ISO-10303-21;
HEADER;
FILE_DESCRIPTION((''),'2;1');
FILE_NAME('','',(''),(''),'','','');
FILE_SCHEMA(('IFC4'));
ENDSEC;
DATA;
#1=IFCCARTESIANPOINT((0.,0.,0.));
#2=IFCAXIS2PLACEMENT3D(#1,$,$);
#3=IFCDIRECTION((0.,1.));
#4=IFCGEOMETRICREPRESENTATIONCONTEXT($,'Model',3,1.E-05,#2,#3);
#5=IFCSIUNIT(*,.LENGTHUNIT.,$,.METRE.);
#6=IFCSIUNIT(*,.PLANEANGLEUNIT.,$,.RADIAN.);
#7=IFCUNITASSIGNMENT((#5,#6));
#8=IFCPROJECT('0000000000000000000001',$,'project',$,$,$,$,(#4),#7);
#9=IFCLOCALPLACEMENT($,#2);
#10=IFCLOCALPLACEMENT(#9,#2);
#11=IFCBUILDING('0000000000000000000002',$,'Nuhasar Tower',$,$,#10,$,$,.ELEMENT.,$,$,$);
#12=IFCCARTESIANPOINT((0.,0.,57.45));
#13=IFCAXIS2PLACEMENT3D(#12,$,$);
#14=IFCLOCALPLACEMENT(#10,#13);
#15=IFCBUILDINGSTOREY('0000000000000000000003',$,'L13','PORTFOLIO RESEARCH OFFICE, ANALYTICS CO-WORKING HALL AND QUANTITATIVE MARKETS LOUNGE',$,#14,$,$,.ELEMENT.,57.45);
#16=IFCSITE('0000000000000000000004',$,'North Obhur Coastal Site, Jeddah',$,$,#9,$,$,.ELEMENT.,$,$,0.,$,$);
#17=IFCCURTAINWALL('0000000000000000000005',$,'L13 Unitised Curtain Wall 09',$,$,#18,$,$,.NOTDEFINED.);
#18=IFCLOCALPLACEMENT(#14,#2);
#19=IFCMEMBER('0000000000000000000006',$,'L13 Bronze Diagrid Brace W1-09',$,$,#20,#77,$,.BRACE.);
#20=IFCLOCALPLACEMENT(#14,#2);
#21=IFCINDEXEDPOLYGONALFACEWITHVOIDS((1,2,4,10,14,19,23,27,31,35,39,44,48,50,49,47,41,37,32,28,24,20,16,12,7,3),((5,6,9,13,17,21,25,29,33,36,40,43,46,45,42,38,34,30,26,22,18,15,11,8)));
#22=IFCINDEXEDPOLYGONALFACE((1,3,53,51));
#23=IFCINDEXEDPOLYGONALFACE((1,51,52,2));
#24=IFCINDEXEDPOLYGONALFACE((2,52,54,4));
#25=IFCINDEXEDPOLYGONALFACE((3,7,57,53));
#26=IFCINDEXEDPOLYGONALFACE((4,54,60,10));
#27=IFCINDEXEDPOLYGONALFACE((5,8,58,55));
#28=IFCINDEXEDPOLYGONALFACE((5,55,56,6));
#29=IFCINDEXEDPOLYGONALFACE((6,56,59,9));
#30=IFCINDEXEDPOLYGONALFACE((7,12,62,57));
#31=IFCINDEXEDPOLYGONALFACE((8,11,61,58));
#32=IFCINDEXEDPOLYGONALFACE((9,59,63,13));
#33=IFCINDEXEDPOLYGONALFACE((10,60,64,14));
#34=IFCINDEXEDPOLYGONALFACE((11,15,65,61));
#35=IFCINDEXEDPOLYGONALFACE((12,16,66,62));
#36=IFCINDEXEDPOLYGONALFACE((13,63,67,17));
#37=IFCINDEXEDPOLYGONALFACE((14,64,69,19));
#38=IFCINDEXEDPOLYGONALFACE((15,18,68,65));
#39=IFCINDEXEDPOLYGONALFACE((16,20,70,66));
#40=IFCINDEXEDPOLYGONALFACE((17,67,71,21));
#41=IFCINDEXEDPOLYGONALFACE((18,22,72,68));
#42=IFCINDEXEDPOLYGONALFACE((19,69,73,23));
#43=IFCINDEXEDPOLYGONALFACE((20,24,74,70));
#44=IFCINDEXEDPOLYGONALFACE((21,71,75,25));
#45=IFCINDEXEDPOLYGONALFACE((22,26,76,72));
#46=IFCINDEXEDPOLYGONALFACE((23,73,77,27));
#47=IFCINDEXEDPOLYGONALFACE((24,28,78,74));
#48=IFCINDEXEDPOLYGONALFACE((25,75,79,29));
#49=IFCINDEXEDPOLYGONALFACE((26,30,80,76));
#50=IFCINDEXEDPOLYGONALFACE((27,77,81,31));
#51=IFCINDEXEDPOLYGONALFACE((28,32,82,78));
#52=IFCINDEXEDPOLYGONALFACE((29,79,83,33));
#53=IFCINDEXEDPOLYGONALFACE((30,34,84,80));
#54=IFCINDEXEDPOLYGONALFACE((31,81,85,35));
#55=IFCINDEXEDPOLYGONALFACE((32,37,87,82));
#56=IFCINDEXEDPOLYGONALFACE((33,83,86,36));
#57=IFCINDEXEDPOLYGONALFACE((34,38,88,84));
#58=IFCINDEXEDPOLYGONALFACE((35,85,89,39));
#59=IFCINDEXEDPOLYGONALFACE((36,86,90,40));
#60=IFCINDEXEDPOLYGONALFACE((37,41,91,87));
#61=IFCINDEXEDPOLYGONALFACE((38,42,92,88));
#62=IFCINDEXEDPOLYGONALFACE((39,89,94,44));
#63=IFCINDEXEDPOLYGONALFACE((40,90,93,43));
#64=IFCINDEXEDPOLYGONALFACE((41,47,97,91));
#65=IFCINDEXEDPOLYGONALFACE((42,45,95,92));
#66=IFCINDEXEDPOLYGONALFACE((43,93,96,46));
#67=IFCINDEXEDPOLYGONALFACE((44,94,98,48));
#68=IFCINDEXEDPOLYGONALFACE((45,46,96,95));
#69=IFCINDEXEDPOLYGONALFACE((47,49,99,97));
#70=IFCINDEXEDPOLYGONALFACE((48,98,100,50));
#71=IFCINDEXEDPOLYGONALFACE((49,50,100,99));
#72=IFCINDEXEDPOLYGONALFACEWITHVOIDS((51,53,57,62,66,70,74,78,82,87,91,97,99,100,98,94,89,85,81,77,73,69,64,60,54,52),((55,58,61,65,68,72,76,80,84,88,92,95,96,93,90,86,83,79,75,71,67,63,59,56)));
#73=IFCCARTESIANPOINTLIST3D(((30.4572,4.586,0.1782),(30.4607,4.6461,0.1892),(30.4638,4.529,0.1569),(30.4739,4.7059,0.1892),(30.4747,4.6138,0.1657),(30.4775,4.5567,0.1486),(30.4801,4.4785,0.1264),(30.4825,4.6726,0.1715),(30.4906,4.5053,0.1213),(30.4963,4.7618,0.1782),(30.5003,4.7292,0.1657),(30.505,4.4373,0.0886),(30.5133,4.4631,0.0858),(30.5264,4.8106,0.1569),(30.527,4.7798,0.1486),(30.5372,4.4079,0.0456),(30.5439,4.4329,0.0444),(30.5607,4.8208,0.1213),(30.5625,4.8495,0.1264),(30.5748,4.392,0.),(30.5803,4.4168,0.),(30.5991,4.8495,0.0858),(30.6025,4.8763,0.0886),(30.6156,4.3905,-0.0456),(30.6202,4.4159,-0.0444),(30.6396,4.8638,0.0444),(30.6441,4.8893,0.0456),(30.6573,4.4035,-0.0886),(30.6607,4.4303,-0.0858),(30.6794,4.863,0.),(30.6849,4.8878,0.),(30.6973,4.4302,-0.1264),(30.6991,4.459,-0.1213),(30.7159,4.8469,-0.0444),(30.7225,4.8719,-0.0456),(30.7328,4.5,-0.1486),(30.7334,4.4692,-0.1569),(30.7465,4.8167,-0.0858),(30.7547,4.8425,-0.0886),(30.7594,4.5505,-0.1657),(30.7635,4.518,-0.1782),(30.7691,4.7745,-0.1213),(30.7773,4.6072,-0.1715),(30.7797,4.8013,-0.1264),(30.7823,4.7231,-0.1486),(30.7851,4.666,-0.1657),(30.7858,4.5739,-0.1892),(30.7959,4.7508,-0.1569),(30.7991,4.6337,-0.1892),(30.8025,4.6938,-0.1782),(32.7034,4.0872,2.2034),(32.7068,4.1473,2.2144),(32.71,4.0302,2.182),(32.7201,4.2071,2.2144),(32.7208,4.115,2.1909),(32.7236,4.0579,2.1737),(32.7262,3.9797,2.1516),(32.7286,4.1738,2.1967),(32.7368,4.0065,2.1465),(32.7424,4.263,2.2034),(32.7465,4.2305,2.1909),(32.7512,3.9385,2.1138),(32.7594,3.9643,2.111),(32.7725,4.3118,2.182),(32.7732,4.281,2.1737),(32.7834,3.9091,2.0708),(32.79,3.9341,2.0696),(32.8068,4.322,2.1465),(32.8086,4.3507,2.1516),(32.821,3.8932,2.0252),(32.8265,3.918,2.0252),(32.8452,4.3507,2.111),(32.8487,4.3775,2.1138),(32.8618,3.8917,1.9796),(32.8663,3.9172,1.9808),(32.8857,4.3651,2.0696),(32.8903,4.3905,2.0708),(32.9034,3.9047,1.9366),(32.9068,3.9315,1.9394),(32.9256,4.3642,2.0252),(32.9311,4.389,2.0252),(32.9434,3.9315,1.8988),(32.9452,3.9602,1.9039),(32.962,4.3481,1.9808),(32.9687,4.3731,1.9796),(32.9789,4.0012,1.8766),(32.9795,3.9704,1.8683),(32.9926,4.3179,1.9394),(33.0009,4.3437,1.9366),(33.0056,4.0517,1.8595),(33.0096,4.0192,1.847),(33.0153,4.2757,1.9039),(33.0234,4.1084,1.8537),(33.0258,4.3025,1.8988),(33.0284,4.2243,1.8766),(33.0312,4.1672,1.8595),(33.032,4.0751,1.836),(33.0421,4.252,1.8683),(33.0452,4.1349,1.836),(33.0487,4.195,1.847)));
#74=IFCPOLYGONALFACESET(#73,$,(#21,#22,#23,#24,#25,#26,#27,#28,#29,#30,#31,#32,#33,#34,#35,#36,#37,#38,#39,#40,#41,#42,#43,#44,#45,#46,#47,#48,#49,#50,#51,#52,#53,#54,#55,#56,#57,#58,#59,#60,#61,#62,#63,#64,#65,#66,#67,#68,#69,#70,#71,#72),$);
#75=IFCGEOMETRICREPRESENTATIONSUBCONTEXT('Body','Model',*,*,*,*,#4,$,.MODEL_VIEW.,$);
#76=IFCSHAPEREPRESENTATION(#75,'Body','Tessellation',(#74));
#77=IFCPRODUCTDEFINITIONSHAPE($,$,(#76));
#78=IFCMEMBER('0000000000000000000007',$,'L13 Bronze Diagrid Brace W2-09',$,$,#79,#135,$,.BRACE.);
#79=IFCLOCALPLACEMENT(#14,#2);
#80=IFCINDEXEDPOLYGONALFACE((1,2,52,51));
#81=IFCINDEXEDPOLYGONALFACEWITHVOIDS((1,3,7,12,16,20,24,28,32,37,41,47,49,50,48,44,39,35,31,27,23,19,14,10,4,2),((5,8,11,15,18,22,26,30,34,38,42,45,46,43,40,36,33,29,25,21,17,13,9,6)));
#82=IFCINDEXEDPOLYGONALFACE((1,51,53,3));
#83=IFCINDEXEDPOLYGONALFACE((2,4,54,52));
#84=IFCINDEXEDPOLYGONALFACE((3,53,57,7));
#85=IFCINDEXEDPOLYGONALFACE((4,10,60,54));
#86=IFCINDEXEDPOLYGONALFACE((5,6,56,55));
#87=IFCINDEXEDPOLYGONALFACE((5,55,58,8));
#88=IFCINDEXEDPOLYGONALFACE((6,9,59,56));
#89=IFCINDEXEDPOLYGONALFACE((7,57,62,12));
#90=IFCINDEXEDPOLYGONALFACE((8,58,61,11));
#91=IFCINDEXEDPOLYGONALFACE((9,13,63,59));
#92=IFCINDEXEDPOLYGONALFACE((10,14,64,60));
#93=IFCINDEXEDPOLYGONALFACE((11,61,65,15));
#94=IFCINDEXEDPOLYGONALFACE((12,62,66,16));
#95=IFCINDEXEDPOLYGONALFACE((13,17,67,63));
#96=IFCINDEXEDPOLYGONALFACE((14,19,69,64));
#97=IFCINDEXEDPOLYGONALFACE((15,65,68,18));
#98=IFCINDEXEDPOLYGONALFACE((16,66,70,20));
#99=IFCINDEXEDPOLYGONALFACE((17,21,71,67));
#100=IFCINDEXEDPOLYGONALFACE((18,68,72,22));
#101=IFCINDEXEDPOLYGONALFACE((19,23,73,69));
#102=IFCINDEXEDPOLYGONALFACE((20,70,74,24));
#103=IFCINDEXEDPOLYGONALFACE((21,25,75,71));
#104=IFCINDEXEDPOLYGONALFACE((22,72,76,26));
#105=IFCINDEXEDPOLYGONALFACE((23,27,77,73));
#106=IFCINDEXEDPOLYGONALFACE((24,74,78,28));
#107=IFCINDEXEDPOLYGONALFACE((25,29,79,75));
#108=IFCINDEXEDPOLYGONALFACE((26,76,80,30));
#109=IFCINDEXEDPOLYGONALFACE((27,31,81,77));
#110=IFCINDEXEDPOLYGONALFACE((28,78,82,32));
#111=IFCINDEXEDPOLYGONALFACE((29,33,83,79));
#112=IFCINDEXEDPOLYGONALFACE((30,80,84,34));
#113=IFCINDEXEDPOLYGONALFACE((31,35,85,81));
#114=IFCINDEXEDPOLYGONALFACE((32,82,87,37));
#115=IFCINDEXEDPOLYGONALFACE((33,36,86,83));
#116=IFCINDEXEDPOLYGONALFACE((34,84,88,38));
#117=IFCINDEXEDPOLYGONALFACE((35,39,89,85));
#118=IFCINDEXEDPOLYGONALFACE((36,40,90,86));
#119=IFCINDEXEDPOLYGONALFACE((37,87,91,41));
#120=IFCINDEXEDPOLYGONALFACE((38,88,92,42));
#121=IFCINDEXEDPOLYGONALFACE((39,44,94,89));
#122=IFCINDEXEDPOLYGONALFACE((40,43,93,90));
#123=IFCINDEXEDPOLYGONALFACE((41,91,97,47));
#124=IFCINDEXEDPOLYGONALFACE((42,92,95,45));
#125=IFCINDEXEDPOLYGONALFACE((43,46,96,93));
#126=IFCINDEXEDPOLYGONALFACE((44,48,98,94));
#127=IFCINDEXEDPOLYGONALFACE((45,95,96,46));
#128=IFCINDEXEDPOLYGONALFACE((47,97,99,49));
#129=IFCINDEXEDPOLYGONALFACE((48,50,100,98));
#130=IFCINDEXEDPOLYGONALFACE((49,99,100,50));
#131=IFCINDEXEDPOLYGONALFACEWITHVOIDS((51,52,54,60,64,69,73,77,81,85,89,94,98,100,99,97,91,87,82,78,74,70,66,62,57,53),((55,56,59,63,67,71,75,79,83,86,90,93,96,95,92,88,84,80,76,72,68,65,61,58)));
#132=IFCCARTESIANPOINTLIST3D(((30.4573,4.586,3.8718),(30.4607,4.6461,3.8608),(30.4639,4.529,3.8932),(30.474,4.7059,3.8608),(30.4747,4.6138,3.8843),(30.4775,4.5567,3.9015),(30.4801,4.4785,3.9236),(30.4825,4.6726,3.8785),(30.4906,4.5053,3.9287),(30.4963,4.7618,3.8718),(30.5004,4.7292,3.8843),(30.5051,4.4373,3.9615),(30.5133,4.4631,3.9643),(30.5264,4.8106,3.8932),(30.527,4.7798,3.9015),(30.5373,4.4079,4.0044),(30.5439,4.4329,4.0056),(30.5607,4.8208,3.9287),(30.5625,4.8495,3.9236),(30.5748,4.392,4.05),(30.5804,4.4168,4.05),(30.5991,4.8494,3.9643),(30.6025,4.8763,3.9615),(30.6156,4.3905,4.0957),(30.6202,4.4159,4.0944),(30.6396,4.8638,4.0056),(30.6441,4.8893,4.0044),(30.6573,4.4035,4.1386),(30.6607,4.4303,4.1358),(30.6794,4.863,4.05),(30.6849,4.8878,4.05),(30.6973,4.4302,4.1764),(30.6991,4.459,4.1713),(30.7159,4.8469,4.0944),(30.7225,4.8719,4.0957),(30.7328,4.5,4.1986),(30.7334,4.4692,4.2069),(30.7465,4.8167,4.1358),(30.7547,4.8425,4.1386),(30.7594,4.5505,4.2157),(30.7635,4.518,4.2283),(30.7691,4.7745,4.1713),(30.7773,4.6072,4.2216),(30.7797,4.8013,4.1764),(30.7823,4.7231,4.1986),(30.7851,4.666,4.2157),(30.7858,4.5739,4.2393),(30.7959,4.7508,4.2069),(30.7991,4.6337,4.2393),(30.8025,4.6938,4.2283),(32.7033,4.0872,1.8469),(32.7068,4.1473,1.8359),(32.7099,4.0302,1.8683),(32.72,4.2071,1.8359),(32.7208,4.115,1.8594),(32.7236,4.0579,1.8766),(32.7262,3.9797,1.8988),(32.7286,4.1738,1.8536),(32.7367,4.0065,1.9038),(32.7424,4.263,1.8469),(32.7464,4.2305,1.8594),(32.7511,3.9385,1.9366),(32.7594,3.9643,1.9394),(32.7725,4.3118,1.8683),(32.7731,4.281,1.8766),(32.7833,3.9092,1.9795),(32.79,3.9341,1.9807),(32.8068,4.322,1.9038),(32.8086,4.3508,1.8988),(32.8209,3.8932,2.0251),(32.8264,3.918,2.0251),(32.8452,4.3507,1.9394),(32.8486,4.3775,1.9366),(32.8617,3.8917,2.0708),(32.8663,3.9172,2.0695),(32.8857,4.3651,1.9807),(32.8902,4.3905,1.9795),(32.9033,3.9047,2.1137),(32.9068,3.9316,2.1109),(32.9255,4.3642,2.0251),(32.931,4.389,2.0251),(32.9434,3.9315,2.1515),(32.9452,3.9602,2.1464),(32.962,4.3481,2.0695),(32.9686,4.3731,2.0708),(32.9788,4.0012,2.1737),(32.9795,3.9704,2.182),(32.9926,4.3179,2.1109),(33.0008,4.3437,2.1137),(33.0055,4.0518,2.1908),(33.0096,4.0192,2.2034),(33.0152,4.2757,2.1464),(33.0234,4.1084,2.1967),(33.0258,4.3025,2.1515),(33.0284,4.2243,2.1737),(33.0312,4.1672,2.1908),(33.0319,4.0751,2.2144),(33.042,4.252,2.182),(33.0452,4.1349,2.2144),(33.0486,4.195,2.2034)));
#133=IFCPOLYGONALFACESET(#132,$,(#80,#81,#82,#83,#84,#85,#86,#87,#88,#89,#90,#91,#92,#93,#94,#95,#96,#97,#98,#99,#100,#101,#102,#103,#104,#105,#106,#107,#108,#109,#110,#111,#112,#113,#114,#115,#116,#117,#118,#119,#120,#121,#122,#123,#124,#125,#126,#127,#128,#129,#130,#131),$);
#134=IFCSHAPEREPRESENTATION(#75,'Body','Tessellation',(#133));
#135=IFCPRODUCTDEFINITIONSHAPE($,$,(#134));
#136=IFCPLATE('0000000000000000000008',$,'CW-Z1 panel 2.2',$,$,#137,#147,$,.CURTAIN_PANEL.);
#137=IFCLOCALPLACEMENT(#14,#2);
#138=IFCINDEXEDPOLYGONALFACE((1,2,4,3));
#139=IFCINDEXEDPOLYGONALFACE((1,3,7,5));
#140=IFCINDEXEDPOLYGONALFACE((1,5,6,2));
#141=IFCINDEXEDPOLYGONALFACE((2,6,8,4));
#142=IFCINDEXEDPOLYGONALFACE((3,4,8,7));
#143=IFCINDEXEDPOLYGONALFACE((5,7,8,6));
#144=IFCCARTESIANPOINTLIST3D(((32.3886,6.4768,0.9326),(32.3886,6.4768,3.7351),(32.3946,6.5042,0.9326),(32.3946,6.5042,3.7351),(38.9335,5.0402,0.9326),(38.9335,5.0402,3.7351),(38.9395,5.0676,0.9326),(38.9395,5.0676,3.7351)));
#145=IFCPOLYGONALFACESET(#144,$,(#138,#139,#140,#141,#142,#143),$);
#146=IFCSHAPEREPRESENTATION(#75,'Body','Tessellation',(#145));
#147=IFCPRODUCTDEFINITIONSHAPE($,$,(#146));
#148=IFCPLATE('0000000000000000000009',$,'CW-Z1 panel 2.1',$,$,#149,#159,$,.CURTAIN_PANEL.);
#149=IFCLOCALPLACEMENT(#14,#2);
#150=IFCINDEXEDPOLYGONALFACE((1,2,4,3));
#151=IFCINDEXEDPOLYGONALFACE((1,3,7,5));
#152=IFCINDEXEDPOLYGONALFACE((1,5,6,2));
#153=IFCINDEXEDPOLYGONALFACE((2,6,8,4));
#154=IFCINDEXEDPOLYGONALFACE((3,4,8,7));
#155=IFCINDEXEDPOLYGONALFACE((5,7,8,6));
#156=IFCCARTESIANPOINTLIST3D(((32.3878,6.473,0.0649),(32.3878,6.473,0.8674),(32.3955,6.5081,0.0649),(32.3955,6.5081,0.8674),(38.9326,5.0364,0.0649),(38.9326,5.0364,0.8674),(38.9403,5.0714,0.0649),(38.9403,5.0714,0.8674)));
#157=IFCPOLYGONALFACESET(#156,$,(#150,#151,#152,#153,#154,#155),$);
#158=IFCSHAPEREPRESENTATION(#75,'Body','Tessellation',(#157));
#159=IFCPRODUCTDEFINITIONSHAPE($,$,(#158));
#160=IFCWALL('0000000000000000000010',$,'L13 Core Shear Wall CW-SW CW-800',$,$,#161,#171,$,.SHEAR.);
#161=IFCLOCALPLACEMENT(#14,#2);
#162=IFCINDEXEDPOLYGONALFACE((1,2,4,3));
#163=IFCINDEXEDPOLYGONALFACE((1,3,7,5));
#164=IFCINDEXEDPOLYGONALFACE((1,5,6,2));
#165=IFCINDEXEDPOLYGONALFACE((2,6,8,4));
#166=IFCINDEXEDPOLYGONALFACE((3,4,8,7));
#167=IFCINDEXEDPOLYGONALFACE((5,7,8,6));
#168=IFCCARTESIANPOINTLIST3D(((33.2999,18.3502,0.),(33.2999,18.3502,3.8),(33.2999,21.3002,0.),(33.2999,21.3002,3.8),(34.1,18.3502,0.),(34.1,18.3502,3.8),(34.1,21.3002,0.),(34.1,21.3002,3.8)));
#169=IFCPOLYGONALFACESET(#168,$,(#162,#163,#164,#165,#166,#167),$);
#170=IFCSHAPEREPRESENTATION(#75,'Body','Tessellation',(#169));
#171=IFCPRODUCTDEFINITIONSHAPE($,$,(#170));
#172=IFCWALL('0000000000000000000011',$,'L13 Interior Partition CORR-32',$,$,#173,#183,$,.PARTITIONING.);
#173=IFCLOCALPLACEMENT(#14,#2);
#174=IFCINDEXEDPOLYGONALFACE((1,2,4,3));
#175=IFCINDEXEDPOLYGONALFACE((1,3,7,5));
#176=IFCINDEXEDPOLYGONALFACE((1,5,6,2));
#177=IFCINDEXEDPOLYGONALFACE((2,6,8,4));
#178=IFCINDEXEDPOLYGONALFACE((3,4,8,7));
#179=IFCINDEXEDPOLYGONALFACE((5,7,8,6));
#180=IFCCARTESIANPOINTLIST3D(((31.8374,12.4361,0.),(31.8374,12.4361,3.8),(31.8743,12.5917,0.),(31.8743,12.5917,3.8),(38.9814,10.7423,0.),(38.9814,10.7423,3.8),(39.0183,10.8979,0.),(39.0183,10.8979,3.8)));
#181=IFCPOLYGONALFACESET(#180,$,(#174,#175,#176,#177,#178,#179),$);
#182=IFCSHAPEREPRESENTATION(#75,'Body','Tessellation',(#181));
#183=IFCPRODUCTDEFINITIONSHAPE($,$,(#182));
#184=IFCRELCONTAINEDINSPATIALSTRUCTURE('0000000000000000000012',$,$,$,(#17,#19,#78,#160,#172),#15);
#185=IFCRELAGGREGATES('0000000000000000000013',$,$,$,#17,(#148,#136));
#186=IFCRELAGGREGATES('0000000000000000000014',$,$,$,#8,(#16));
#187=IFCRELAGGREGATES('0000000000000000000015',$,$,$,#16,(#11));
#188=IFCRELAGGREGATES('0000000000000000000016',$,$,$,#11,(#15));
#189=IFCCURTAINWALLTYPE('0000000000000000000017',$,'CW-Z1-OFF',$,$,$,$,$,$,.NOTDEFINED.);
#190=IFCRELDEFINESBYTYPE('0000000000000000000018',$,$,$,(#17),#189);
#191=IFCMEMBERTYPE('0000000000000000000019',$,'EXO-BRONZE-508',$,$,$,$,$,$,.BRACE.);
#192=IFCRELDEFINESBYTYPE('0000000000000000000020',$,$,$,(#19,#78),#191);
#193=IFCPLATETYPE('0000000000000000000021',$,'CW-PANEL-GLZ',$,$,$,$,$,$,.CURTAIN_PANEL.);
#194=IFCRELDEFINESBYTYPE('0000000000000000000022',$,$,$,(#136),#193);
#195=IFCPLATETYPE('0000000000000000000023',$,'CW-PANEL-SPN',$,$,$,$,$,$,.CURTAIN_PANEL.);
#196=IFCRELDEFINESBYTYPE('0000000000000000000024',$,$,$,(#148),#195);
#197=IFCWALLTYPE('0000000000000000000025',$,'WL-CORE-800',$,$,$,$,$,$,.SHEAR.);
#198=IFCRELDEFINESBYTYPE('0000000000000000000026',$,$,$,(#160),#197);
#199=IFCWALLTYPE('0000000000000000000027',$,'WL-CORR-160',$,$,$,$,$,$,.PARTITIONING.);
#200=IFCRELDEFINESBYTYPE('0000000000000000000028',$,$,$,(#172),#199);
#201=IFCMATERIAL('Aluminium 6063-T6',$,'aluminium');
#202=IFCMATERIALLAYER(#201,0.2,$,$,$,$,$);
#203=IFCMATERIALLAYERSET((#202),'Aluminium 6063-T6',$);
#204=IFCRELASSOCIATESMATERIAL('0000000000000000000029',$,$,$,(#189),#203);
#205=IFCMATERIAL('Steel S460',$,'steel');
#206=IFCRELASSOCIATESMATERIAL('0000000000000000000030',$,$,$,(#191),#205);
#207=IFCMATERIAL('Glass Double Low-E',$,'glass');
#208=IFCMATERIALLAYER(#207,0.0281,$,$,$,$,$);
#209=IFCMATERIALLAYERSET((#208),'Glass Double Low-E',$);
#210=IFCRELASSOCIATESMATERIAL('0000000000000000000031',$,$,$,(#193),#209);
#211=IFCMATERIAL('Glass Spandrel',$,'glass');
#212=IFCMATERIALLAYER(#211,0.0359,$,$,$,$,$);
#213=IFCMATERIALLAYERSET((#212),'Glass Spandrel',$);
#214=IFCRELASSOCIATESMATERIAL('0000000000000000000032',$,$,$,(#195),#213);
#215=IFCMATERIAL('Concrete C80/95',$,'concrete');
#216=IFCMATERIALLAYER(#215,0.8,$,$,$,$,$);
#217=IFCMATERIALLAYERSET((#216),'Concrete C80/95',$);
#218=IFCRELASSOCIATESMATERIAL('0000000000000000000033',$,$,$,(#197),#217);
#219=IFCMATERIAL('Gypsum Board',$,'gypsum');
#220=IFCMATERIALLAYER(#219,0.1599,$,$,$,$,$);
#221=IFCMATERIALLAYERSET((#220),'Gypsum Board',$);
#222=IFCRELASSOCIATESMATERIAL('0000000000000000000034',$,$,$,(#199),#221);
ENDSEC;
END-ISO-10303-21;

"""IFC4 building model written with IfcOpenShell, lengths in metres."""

from ifc_helpers import new_model, si_unit, direction, frame, frame_2d, origin, origin_2d, place, context, subcontext, project, spatial, rectangle, hollow_circle, extrude, material, layer, layer_set, material_profile, profile_set, type_object, element, aggregate, save


model = new_model("IFC4")

# Units and contexts
model_context = context("Model", 3, precision=1e-05, world=origin(), true_north=direction((0.0, 1.0)))
body_context = subcontext(model_context, "Body", "Model", "MODEL_VIEW")
ifc_project = project(units=[si_unit("LENGTHUNIT", "METRE"), si_unit("PLANEANGLEUNIT", "RADIAN")], contexts=[model_context])

# Site, building, storey
site_placement = place(None, origin())
site = spatial("IfcSite", under=ifc_project, at=site_placement, Name="North Obhur Coastal Site, Jeddah", CompositionType="ELEMENT", RefElevation=0.0)
building_placement = place(site_placement, origin())
building = spatial("IfcBuilding", under=site, at=building_placement, Name="Nuhasar Tower", CompositionType="ELEMENT")
storey_placement = place(building_placement, frame((0.0, 0.0, 57.45)))
storey = spatial("IfcBuildingStorey", under=building, at=storey_placement, Name="L13", Description="PORTFOLIO RESEARCH OFFICE, ANALYTICS CO-WORKING HALL AND QUANTITATIVE MARKETS LOUNGE", CompositionType="ELEMENT", Elevation=57.45)

# Shared definitions
ifc_material_1 = material(Name="Concrete C80/95", Category="concrete")

# Curtain wall
ifc_material_2 = material(Name="Aluminium 6063-T6", Category="aluminium")
ifc_layer_1 = layer(ifc_material_2, 0.2)
ifc_layer_set_1 = layer_set([ifc_layer_1], Name="Aluminium 6063-T6")
curtain_wall_type = type_object("IfcCurtainWallType", Name="CW-Z1-OFF", PredefinedType="NOTDEFINED", material=ifc_layer_set_1)
curtain_wall_placement = place(storey_placement, origin())
curtain_wall = element("IfcCurtainWall", 1, at=curtain_wall_placement, inside=storey, type_object=curtain_wall_type, Name="L13 Unitised Curtain Wall 09", PredefinedType="NOTDEFINED")

# Members
ifc_material_3 = material(Name="Steel S460", Category="steel")
ifc_material_profile_1 = material_profile(ifc_material_3, hollow_circle(Radius=0.2539, WallThickness=0.0254, at=origin_2d()), Name="HSS508X25.4")
ifc_profile_set_1 = profile_set([ifc_material_profile_1], Name="Steel S460")
member_type_1 = type_object("IfcMemberType", Name="EXO-BRONZE-508", PredefinedType="BRACE", material=ifc_profile_set_1)
member_1_placement = place(storey_placement, frame((30.6299, 4.6399, 0.0), z_axis=(0.732792, -0.162728, 0.660708), x_axis=(0.216784, 0.97622, 0.0)))
element("IfcMember", 2, at=member_1_placement, inside=storey, type_object=member_type_1, Name="L13 Bronze Diagrid Brace W1-09", PredefinedType="BRACE", context=body_context, shape_type="SweptSolid", body=[
    extrude(hollow_circle(Radius=0.2539, WallThickness=0.0254, at=origin_2d()), origin(), (0.0, 0.0, 1.0), 3.0652),
])
member_2_placement = place(storey_placement, frame((32.876, 4.1411, 2.0251), z_axis=(-0.732831, 0.162736, 0.660663), x_axis=(-0.216784, -0.97622, 0.0)))
element("IfcMember", 3, at=member_2_placement, inside=storey, type_object=member_type_1, Name="L13 Bronze Diagrid Brace W2-09", PredefinedType="BRACE", context=body_context, shape_type="SweptSolid", body=[
    extrude(hollow_circle(Radius=0.2539, WallThickness=0.0254, at=origin_2d()), origin(), (0.0, 0.0, 1.0), 3.0649),
])

# Plates
ifc_material_4 = material(Name="Glass Double Low-E", Category="glass")
ifc_layer_2 = layer(ifc_material_4, 0.0281)
ifc_layer_set_2 = layer_set([ifc_layer_2], Name="Glass Double Low-E")
plate_type_1 = type_object("IfcPlateType", Name="CW-PANEL-GLZ", PredefinedType="CURTAIN_PANEL", material=ifc_layer_set_2)
plate_1_placement = place(storey_placement, frame((35.6641, 5.7722, 0.9326), z_axis=(0.0, 0.0, 1.0), x_axis=(0.976746, -0.214399, 0.0)))
plate_1 = element("IfcPlate", 4, at=plate_1_placement, type_object=plate_type_1, Name="CW-Z1 panel 2.2", PredefinedType="CURTAIN_PANEL", context=body_context, shape_type="SweptSolid", body=[
    extrude(rectangle(XDim=6.7007, YDim=0.0281, at=origin_2d()), origin(), (0.0, 0.0, 1.0), 2.8025),
])
ifc_material_5 = material(Name="Glass Spandrel", Category="glass")
ifc_layer_3 = layer(ifc_material_5, 0.0359)
ifc_layer_set_3 = layer_set([ifc_layer_3], Name="Glass Spandrel")
plate_type_2 = type_object("IfcPlateType", Name="CW-PANEL-SPN", PredefinedType="CURTAIN_PANEL", material=ifc_layer_set_3)
plate_2_placement = place(storey_placement, frame((35.6641, 5.7722, 0.0649), z_axis=(0.0, 0.0, 1.0), x_axis=(0.976746, -0.214399, 0.0)))
plate_2 = element("IfcPlate", 5, at=plate_2_placement, type_object=plate_type_2, Name="CW-Z1 panel 2.1", PredefinedType="CURTAIN_PANEL", context=body_context, shape_type="SweptSolid", body=[
    extrude(rectangle(XDim=6.7007, YDim=0.0359, at=origin_2d()), origin(), (0.0, 0.0, 1.0), 0.8025),
])
aggregate(curtain_wall, [plate_2, plate_1])

# Wall
ifc_layer_4 = layer(ifc_material_1, 0.8)
ifc_layer_set_4 = layer_set([ifc_layer_4], Name="Concrete C80/95")
wall_type_1 = type_object("IfcWallType", Name="WL-CORE-800", PredefinedType="SHEAR", material=ifc_layer_set_4)
wall_1_placement = place(storey_placement, frame((33.7, 18.3501, 0.0), z_axis=(0.0, 0.0, 1.0), x_axis=(0.0, 1.0, 0.0)))
element("IfcWall", 6, at=wall_1_placement, inside=storey, type_object=wall_type_1, Name="L13 Core Shear Wall CW-SW CW-800", PredefinedType="SHEAR", context=body_context, shape_type="SweptSolid", body=[
    extrude(rectangle(XDim=2.95, YDim=0.8, at=frame_2d((1.4751, 0.0))), origin(), (0.0, 0.0, 1.0), 3.8),
])

# Shared definitions
ifc_material_6 = material(Name="Gypsum Board", Category="gypsum")
ifc_layer_5 = layer(ifc_material_6, 0.1599)
ifc_layer_set_5 = layer_set([ifc_layer_5], Name="Gypsum Board")
wall_type_2 = type_object("IfcWallType", Name="WL-CORR-160", PredefinedType="PARTITIONING", material=ifc_layer_set_5)

# Wall
wall_2_placement = place(storey_placement, frame((31.856, 12.5139, 0.0), z_axis=(0.0, 0.0, 1.0), x_axis=(0.973024, -0.230703, 0.0)))
element("IfcWall", 7, at=wall_2_placement, inside=storey, type_object=wall_type_2, Name="L13 Interior Partition CORR-32", PredefinedType="PARTITIONING", context=body_context, shape_type="SweptSolid", body=[
    extrude(rectangle(XDim=7.342, YDim=0.1599, at=frame_2d((3.6709, 0.0))), origin(), (0.0, 0.0, 1.0), 3.8),
])

save(model, "model.ifc")
